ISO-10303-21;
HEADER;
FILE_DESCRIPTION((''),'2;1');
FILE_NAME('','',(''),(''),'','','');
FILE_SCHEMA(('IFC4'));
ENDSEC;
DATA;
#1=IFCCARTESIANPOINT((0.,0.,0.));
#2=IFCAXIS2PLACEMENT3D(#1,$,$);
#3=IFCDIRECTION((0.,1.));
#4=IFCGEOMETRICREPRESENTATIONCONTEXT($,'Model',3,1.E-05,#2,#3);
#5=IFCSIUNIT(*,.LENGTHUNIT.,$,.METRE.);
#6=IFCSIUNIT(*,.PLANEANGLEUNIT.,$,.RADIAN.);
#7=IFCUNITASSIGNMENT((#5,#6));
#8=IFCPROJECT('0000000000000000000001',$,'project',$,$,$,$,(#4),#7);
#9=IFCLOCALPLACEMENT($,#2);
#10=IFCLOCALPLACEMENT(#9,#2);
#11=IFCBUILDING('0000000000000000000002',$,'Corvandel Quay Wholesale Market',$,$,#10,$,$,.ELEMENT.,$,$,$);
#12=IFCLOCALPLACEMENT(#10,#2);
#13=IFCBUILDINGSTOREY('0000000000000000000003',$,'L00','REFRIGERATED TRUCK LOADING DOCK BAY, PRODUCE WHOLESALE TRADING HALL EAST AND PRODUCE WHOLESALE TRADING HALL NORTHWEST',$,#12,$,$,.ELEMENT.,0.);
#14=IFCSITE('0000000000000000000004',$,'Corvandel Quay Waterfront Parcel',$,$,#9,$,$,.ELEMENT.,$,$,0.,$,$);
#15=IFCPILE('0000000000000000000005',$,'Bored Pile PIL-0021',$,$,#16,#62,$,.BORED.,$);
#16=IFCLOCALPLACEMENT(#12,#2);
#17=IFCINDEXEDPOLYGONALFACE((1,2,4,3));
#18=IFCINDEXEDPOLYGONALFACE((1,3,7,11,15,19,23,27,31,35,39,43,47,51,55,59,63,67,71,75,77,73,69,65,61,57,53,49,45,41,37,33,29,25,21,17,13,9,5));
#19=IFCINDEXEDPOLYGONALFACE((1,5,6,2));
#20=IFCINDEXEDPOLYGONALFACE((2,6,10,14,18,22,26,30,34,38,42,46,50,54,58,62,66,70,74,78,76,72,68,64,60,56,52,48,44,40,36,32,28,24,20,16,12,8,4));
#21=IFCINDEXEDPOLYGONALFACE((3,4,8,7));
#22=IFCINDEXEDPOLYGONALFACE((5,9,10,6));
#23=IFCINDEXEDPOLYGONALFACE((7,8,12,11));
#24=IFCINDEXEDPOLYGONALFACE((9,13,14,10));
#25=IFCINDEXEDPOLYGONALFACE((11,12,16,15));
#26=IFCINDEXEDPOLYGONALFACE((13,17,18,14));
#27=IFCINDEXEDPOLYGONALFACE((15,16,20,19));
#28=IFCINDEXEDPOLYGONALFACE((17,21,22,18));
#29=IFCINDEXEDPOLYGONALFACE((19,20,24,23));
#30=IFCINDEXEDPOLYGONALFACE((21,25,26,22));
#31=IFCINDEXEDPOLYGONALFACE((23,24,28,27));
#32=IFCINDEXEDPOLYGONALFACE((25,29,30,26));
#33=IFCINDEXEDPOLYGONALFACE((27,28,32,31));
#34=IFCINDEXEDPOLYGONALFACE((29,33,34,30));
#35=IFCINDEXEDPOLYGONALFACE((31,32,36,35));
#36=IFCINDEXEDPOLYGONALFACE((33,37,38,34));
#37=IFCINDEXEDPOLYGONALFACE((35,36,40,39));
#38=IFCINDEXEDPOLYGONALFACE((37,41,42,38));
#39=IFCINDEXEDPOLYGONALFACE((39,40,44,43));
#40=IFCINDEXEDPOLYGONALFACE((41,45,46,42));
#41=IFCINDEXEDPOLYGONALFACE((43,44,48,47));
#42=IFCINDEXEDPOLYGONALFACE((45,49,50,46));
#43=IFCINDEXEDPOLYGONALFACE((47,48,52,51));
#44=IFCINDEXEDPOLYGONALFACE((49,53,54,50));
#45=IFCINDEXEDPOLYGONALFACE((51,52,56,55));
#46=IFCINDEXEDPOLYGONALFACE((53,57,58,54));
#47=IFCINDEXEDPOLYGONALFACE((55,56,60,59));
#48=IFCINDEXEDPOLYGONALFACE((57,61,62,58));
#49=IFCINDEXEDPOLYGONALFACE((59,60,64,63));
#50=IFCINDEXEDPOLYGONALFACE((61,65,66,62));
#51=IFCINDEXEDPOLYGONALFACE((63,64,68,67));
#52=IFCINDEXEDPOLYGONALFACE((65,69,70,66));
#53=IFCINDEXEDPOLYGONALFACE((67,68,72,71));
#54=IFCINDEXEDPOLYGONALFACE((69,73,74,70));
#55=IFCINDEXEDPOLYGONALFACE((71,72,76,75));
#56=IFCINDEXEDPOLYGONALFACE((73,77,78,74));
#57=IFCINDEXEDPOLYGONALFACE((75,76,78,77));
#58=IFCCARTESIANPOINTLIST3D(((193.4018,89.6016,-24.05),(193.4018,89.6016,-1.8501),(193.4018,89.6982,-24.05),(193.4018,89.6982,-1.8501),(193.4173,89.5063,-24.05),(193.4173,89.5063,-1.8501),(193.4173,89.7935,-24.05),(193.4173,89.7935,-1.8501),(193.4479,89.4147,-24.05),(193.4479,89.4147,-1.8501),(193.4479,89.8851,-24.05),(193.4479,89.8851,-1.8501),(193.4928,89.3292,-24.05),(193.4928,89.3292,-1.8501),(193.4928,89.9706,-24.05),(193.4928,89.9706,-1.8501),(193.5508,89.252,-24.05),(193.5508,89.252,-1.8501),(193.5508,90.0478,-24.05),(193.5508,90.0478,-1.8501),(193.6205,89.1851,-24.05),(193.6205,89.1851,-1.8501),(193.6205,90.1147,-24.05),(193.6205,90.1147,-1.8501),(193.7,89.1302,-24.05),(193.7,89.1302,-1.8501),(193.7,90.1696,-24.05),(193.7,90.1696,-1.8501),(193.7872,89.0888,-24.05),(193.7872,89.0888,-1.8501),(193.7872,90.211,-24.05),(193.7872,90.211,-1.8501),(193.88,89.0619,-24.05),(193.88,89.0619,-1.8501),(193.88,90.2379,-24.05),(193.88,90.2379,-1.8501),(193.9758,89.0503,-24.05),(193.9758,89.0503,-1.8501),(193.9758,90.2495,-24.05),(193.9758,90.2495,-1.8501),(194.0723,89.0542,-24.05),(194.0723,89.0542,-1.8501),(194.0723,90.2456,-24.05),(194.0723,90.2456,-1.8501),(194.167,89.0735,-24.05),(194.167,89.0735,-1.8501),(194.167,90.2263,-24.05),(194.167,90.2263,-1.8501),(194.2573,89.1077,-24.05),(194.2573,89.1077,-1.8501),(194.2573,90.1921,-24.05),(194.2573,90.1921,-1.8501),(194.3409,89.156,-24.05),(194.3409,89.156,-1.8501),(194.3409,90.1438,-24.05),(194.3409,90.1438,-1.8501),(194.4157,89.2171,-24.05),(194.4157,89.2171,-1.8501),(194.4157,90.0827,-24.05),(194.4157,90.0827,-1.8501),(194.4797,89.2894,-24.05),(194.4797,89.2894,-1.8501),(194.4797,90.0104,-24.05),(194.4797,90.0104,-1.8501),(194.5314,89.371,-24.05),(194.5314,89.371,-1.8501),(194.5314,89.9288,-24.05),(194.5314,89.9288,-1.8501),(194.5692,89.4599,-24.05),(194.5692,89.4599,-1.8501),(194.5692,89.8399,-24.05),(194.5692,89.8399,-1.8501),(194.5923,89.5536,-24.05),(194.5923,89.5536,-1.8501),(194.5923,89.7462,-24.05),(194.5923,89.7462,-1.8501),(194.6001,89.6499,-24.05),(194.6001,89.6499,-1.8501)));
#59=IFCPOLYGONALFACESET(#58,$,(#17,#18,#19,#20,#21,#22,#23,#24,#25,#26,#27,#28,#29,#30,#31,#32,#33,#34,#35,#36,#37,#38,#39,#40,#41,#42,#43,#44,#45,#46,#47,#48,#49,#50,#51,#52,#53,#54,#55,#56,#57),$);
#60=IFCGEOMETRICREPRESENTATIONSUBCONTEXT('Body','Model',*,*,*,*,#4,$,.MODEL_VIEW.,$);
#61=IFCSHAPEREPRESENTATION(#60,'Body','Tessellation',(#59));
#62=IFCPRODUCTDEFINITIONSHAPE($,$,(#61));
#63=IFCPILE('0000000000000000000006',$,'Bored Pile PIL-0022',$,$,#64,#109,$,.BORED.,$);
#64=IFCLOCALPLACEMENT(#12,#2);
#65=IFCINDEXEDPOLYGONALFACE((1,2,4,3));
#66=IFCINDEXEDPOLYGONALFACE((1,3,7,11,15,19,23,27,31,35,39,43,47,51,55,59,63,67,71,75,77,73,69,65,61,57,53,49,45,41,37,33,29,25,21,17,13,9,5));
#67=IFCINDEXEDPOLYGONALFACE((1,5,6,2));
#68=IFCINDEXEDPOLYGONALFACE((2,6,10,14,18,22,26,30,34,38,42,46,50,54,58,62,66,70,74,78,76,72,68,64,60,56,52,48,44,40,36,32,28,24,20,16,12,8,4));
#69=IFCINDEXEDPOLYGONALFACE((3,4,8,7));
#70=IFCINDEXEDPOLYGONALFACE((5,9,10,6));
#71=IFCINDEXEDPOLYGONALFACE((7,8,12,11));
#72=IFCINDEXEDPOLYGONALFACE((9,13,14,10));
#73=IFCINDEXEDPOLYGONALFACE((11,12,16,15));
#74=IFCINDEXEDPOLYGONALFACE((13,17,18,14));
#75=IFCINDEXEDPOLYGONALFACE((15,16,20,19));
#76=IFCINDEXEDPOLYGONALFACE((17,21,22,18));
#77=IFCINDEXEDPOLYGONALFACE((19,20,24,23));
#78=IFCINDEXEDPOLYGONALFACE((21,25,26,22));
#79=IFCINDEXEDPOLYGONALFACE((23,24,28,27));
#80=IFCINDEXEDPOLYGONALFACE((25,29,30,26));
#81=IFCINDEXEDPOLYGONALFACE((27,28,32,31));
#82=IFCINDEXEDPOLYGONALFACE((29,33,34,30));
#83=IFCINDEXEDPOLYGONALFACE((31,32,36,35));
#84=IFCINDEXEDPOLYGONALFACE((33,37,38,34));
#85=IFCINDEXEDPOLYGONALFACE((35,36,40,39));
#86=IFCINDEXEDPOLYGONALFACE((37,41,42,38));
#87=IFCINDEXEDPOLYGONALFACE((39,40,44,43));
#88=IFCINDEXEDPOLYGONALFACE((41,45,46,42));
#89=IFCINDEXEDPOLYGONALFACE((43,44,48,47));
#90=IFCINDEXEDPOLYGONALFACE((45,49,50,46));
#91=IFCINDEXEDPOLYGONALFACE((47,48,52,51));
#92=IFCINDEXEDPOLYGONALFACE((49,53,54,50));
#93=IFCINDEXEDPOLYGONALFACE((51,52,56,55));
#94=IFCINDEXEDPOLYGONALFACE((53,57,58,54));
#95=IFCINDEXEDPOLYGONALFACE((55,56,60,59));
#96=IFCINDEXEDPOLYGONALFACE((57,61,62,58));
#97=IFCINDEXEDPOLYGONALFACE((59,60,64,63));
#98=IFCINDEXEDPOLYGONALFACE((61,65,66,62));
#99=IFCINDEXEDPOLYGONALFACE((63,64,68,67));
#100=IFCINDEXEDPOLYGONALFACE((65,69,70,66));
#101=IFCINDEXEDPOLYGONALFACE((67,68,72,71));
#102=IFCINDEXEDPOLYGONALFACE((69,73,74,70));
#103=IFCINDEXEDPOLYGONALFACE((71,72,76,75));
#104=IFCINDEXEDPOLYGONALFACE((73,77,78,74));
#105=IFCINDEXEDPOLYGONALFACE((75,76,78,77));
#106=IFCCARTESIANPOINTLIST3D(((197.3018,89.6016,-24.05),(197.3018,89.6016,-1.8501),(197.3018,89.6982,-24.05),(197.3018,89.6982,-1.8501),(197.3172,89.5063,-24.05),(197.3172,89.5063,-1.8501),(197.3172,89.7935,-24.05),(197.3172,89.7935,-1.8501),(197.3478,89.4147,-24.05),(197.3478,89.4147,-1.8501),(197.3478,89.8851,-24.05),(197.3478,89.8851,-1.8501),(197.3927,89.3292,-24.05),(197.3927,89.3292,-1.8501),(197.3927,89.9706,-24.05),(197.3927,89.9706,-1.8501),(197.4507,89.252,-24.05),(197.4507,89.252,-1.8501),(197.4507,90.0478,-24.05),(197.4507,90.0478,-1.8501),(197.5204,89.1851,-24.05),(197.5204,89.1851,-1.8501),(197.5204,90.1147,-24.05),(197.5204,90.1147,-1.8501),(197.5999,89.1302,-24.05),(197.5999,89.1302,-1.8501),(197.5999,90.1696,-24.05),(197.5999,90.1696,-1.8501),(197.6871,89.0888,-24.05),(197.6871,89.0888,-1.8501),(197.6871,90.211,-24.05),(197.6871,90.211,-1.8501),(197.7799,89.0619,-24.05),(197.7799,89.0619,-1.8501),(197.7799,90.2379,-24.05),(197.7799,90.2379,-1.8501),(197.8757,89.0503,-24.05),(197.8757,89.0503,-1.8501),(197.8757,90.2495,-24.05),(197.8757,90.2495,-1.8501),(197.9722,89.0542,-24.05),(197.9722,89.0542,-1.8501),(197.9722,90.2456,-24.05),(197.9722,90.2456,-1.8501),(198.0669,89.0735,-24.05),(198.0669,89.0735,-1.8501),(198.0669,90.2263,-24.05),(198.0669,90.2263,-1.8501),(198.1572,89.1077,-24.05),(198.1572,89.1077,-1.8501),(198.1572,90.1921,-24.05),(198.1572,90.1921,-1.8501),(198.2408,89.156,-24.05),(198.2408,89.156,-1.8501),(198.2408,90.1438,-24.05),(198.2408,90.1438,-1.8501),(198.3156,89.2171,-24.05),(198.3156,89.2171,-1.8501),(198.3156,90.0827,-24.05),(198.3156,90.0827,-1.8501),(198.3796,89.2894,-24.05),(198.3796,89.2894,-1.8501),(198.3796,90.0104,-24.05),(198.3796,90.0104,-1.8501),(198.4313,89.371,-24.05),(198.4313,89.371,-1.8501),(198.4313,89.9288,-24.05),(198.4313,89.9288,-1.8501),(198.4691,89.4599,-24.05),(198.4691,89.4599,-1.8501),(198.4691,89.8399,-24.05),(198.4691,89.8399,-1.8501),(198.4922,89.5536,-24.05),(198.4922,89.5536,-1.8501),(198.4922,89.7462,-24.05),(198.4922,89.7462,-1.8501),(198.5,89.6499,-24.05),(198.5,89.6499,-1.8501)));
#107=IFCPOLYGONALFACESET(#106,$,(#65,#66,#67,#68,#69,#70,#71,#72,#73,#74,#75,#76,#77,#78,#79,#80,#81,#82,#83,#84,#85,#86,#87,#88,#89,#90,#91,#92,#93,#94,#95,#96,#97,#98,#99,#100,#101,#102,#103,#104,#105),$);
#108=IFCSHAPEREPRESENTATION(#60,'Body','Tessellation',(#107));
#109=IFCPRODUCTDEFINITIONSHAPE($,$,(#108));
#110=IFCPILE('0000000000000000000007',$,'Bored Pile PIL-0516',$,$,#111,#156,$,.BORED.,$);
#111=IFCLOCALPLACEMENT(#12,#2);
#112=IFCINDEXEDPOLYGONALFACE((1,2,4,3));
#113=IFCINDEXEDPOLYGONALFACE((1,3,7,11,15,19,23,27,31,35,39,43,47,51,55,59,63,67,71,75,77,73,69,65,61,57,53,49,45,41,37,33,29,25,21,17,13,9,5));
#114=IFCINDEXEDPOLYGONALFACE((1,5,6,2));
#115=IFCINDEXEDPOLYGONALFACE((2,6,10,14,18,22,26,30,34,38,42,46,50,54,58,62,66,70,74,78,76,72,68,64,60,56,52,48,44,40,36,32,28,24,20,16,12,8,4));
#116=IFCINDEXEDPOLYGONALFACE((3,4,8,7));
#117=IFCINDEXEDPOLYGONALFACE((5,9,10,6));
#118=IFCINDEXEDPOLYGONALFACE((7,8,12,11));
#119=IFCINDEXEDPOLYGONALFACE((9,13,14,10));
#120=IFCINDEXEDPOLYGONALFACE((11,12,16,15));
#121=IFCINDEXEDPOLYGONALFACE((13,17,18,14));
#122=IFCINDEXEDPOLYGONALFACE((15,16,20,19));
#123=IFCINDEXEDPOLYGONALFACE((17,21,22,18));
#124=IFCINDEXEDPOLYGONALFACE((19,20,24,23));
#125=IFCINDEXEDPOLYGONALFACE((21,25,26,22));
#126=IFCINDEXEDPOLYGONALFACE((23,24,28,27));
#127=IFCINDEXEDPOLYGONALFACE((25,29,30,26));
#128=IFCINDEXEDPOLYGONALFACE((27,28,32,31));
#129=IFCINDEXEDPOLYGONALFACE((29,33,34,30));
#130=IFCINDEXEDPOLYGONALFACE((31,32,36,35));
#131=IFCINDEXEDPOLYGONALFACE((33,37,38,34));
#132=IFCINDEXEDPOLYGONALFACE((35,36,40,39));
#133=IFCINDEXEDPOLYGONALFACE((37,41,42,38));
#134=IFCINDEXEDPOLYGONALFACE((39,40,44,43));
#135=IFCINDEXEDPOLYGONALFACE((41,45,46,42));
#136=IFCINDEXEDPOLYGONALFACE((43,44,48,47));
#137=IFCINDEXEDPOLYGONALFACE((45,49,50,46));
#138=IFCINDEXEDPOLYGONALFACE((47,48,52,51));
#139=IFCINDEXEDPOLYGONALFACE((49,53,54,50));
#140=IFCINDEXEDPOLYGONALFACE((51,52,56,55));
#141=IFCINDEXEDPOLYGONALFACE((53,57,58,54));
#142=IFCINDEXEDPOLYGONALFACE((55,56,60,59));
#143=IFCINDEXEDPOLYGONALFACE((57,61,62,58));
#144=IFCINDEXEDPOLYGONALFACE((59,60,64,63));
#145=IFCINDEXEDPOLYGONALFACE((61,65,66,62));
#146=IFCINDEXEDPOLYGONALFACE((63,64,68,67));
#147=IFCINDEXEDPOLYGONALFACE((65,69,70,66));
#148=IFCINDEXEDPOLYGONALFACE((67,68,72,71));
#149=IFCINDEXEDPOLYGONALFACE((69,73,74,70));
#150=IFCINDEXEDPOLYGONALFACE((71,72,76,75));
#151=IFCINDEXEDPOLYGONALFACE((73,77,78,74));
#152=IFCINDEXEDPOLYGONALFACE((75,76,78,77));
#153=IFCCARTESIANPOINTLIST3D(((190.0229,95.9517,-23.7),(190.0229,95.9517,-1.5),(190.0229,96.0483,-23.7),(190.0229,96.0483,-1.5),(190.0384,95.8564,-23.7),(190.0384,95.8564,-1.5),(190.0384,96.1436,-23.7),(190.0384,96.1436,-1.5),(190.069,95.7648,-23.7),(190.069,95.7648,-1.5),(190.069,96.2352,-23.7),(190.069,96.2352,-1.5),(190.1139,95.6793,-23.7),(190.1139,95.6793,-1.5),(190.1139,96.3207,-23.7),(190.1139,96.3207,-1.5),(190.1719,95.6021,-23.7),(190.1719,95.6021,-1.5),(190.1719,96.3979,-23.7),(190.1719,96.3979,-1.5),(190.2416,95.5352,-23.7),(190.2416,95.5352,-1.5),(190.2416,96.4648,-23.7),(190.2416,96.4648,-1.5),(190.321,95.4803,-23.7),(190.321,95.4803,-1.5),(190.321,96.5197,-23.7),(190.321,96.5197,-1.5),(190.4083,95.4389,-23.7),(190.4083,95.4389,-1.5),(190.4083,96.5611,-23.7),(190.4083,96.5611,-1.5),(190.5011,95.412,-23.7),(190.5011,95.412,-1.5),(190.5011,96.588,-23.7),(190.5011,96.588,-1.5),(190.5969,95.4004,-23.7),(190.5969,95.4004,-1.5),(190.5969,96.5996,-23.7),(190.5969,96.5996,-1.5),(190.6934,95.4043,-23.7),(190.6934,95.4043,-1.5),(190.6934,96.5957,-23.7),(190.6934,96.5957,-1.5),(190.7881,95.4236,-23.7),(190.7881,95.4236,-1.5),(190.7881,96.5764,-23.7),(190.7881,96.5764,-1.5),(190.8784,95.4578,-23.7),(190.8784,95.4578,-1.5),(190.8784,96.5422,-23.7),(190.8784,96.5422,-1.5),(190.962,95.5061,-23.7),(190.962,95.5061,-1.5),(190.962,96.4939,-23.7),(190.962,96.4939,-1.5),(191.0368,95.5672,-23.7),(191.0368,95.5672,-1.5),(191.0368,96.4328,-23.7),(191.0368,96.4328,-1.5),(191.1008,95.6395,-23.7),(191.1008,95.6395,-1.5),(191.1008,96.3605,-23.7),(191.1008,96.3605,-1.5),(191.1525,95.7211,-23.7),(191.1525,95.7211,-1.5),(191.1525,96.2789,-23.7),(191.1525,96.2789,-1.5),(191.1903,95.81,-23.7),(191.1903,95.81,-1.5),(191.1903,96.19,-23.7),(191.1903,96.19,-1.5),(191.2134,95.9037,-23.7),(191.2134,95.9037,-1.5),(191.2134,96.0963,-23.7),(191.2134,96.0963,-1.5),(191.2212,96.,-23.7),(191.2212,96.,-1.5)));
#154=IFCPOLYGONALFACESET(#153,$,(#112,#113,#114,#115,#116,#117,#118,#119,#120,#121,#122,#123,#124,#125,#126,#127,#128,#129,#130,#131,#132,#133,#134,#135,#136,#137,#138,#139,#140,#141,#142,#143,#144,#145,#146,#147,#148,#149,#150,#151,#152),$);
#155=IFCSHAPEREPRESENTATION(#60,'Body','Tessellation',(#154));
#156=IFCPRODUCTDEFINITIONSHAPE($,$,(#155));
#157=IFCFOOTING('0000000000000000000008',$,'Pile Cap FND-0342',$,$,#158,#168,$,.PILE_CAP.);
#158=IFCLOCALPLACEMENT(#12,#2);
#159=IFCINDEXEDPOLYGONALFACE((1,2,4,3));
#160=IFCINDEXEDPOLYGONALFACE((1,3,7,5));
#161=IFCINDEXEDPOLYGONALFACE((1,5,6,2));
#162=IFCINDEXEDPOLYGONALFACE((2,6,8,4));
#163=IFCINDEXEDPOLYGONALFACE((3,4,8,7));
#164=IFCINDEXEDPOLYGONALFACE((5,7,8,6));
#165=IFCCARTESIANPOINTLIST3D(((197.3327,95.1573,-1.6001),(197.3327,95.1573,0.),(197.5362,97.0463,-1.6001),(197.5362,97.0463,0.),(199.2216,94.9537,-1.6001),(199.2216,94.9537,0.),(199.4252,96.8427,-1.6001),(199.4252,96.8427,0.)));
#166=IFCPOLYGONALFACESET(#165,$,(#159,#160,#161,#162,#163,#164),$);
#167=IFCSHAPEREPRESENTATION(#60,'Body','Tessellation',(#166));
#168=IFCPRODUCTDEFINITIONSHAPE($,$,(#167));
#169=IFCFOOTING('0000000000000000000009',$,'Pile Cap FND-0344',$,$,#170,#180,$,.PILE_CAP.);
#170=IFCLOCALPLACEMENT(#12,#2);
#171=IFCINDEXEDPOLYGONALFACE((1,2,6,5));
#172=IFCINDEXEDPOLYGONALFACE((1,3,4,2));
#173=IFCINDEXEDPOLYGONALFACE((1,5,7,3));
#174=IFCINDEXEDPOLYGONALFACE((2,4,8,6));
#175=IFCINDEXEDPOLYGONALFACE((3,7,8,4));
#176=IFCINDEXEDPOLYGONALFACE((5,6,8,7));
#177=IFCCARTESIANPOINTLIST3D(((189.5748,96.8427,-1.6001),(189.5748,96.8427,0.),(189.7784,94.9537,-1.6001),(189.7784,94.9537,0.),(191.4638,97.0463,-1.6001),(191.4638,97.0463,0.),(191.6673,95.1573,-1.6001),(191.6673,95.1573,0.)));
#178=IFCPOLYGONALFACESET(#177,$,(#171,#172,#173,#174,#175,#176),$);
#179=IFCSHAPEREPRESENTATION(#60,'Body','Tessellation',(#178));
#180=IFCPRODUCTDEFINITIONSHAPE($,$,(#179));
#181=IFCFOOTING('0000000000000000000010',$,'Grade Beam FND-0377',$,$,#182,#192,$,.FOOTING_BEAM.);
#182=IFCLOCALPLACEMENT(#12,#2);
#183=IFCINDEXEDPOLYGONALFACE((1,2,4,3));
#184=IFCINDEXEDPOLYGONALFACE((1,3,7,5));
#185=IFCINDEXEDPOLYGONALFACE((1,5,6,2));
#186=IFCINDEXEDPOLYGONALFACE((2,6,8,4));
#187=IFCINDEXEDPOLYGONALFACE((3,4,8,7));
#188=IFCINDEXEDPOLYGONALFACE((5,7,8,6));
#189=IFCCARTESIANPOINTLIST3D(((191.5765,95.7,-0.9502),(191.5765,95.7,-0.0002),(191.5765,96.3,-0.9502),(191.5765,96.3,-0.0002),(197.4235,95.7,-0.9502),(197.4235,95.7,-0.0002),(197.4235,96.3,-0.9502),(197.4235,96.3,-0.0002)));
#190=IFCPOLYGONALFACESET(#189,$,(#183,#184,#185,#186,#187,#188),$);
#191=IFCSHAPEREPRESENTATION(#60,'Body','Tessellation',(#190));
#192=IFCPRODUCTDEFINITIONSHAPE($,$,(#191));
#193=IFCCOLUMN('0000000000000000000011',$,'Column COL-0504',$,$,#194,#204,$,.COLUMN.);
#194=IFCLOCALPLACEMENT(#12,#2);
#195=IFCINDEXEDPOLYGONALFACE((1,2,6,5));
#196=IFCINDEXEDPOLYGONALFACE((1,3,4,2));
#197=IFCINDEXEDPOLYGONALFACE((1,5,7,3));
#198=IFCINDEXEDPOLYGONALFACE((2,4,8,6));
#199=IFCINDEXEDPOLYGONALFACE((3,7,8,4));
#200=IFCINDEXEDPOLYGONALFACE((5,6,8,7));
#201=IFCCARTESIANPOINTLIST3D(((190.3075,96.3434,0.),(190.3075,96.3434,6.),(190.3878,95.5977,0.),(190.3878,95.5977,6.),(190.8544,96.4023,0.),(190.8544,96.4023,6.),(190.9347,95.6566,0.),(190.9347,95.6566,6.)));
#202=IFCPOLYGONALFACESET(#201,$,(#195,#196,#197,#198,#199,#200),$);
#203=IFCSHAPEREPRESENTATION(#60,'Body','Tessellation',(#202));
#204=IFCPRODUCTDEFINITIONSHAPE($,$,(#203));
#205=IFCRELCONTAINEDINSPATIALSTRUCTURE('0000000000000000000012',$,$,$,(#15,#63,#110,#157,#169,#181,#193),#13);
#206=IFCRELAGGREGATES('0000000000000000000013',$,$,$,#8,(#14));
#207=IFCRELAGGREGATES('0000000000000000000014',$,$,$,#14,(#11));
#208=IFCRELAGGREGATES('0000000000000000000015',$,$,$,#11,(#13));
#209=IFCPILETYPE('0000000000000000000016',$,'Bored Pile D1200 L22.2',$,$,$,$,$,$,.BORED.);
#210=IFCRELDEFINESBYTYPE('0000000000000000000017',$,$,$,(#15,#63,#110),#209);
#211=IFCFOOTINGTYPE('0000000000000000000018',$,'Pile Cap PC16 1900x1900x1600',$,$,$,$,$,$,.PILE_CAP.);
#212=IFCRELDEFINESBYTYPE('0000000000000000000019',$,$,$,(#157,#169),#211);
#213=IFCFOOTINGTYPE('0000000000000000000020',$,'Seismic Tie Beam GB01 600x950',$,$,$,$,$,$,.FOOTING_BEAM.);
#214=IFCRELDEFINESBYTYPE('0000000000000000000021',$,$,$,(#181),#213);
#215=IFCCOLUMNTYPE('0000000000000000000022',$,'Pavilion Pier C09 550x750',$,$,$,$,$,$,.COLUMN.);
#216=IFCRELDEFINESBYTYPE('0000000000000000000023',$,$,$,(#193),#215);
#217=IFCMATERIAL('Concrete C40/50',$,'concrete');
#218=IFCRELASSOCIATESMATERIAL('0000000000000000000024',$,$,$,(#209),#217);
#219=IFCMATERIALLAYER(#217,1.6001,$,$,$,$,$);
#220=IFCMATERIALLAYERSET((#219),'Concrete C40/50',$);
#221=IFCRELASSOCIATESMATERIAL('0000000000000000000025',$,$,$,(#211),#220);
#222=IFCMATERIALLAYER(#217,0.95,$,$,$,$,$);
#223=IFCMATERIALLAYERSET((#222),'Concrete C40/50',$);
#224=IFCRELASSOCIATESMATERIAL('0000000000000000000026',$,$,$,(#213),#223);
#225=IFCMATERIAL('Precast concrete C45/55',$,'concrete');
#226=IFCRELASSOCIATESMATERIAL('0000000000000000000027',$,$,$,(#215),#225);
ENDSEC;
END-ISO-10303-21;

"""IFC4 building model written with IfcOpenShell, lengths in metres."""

from ifc_helpers import new_model, si_unit, direction, frame, origin, origin_2d, place, context, subcontext, project, spatial, rectangle, circle, extrude, material, layer, layer_set, material_profile, profile_set, type_object, element, save


model = new_model("IFC4")

# Units and contexts
model_context = context("Model", 3, precision=1e-05, world=origin(), true_north=direction((0.0, 1.0)))
body_context = subcontext(model_context, "Body", "Model", "MODEL_VIEW")
ifc_project = project(units=[si_unit("LENGTHUNIT", "METRE"), si_unit("PLANEANGLEUNIT", "RADIAN")], contexts=[model_context])

# Site, building, storey
site_placement = place(None, origin())
site = spatial("IfcSite", under=ifc_project, at=site_placement, Name="Corvandel Quay Waterfront Parcel", CompositionType="ELEMENT", RefElevation=0.0)
building_placement = place(site_placement, origin())
building = spatial("IfcBuilding", under=site, at=building_placement, Name="Corvandel Quay Wholesale Market", CompositionType="ELEMENT")
storey_placement = place(building_placement, origin())
storey = spatial("IfcBuildingStorey", under=building, at=storey_placement, Name="L00", Description="REFRIGERATED TRUCK LOADING DOCK BAY, PRODUCE WHOLESALE TRADING HALL EAST AND PRODUCE WHOLESALE TRADING HALL NORTHWEST", CompositionType="ELEMENT", Elevation=0.0)

# Piles
ifc_material_1 = material(Name="Concrete C40/50", Category="concrete")
ifc_material_profile_1 = material_profile(ifc_material_1, circle(Radius=0.6001, at=origin_2d()), Name="RC-PILE-D1200")
ifc_profile_set_1 = profile_set([ifc_material_profile_1], Name="Concrete C40/50")
pile_type = type_object("IfcPileType", Name="Bored Pile D1200 L22.2", PredefinedType="BORED", material=ifc_profile_set_1)
for number, where, z_axis, x_axis, name in (
    (1, (194.0, 89.6499, -1.8501), (0.0, 0.0, -1.0), (1.0, 0.0, 0.0), "Bored Pile PIL-0021"),
    (2, (197.8999, 89.6499, -1.8501), (0.0, 0.0, -1.0), (1.0, 0.0, 0.0), "Bored Pile PIL-0022"),
    (3, (190.6211, 96.0, -1.5), (0.0, 0.0, -1.0), (1.0, 0.0, 0.0), "Bored Pile PIL-0516"),
):
    element("IfcPile", number, at=place(storey_placement, frame(where, z_axis=z_axis, x_axis=x_axis)), inside=storey, type_object=pile_type, Name=name, PredefinedType="BORED", context=body_context, shape_type="SweptSolid", body=[
        extrude(circle(Radius=0.6001, at=origin_2d()), origin(), (0.0, 0.0, 1.0), 22.2),
    ])

# Footings
ifc_layer_1 = layer(ifc_material_1, 1.6001)
ifc_layer_set_1 = layer_set([ifc_layer_1], Name="Concrete C40/50")
footing_type_1 = type_object("IfcFootingType", Name="Pile Cap PC16 1900x1900x1600", PredefinedType="PILE_CAP", material=ifc_layer_set_1)
for number, where, z_axis, x_axis, name in (
    (4, (198.3789, 96.0, -1.6001), (0.0, 0.0, 1.0), (-0.994245, 0.107132, 0.0), "Pile Cap FND-0342"),
    (5, (190.6211, 96.0, -1.6001), (0.0, 0.0, 1.0), (0.994245, 0.107132, 0.0), "Pile Cap FND-0344"),
):
    element("IfcFooting", number, at=place(storey_placement, frame(where, z_axis=z_axis, x_axis=x_axis)), inside=storey, type_object=footing_type_1, Name=name, PredefinedType="PILE_CAP", context=body_context, shape_type="SweptSolid", body=[
        extrude(rectangle(XDim=1.8999, YDim=1.8999, at=origin_2d()), origin(), (0.0, 0.0, 1.0), 1.6001),
    ])
ifc_layer_2 = layer(ifc_material_1, 0.95)
ifc_layer_set_2 = layer_set([ifc_layer_2], Name="Concrete C40/50")
footing_type_2 = type_object("IfcFootingType", Name="Seismic Tie Beam GB01 600x950", PredefinedType="FOOTING_BEAM", material=ifc_layer_set_2)
footing_placement = place(storey_placement, frame((194.5, 96.0, -0.9502), z_axis=(0.0, 0.0, 1.0), x_axis=(1.0, 0.0, 0.0)))
element("IfcFooting", 6, at=footing_placement, inside=storey, type_object=footing_type_2, Name="Grade Beam FND-0377", PredefinedType="FOOTING_BEAM", context=body_context, shape_type="SweptSolid", body=[
    extrude(rectangle(XDim=5.8469, YDim=0.6001, at=origin_2d()), origin(), (0.0, 0.0, 1.0), 0.95),
])

# Column
ifc_material_2 = material(Name="Precast concrete C45/55", Category="concrete")
ifc_material_profile_2 = material_profile(ifc_material_2, rectangle(XDim=0.55, YDim=0.75, at=origin_2d()), Name="PC-COL-550x750")
ifc_profile_set_2 = profile_set([ifc_material_profile_2], Name="Precast concrete C45/55")
column_type = type_object("IfcColumnType", Name="Pavilion Pier C09 550x750", PredefinedType="COLUMN", material=ifc_profile_set_2)
column_placement = place(storey_placement, frame((190.6211, 96.0, 0.0), z_axis=(0.0, 0.0, 1.0), x_axis=(0.994245, 0.107132, 0.0)))
element("IfcColumn", 7, at=column_placement, inside=storey, type_object=column_type, Name="Column COL-0504", PredefinedType="COLUMN", context=body_context, shape_type="SweptSolid", body=[
    extrude(rectangle(XDim=0.55, YDim=0.75, at=origin_2d()), origin(), (0.0, 0.0, 1.0), 6.0),
])

save(model, "model.ifc")
